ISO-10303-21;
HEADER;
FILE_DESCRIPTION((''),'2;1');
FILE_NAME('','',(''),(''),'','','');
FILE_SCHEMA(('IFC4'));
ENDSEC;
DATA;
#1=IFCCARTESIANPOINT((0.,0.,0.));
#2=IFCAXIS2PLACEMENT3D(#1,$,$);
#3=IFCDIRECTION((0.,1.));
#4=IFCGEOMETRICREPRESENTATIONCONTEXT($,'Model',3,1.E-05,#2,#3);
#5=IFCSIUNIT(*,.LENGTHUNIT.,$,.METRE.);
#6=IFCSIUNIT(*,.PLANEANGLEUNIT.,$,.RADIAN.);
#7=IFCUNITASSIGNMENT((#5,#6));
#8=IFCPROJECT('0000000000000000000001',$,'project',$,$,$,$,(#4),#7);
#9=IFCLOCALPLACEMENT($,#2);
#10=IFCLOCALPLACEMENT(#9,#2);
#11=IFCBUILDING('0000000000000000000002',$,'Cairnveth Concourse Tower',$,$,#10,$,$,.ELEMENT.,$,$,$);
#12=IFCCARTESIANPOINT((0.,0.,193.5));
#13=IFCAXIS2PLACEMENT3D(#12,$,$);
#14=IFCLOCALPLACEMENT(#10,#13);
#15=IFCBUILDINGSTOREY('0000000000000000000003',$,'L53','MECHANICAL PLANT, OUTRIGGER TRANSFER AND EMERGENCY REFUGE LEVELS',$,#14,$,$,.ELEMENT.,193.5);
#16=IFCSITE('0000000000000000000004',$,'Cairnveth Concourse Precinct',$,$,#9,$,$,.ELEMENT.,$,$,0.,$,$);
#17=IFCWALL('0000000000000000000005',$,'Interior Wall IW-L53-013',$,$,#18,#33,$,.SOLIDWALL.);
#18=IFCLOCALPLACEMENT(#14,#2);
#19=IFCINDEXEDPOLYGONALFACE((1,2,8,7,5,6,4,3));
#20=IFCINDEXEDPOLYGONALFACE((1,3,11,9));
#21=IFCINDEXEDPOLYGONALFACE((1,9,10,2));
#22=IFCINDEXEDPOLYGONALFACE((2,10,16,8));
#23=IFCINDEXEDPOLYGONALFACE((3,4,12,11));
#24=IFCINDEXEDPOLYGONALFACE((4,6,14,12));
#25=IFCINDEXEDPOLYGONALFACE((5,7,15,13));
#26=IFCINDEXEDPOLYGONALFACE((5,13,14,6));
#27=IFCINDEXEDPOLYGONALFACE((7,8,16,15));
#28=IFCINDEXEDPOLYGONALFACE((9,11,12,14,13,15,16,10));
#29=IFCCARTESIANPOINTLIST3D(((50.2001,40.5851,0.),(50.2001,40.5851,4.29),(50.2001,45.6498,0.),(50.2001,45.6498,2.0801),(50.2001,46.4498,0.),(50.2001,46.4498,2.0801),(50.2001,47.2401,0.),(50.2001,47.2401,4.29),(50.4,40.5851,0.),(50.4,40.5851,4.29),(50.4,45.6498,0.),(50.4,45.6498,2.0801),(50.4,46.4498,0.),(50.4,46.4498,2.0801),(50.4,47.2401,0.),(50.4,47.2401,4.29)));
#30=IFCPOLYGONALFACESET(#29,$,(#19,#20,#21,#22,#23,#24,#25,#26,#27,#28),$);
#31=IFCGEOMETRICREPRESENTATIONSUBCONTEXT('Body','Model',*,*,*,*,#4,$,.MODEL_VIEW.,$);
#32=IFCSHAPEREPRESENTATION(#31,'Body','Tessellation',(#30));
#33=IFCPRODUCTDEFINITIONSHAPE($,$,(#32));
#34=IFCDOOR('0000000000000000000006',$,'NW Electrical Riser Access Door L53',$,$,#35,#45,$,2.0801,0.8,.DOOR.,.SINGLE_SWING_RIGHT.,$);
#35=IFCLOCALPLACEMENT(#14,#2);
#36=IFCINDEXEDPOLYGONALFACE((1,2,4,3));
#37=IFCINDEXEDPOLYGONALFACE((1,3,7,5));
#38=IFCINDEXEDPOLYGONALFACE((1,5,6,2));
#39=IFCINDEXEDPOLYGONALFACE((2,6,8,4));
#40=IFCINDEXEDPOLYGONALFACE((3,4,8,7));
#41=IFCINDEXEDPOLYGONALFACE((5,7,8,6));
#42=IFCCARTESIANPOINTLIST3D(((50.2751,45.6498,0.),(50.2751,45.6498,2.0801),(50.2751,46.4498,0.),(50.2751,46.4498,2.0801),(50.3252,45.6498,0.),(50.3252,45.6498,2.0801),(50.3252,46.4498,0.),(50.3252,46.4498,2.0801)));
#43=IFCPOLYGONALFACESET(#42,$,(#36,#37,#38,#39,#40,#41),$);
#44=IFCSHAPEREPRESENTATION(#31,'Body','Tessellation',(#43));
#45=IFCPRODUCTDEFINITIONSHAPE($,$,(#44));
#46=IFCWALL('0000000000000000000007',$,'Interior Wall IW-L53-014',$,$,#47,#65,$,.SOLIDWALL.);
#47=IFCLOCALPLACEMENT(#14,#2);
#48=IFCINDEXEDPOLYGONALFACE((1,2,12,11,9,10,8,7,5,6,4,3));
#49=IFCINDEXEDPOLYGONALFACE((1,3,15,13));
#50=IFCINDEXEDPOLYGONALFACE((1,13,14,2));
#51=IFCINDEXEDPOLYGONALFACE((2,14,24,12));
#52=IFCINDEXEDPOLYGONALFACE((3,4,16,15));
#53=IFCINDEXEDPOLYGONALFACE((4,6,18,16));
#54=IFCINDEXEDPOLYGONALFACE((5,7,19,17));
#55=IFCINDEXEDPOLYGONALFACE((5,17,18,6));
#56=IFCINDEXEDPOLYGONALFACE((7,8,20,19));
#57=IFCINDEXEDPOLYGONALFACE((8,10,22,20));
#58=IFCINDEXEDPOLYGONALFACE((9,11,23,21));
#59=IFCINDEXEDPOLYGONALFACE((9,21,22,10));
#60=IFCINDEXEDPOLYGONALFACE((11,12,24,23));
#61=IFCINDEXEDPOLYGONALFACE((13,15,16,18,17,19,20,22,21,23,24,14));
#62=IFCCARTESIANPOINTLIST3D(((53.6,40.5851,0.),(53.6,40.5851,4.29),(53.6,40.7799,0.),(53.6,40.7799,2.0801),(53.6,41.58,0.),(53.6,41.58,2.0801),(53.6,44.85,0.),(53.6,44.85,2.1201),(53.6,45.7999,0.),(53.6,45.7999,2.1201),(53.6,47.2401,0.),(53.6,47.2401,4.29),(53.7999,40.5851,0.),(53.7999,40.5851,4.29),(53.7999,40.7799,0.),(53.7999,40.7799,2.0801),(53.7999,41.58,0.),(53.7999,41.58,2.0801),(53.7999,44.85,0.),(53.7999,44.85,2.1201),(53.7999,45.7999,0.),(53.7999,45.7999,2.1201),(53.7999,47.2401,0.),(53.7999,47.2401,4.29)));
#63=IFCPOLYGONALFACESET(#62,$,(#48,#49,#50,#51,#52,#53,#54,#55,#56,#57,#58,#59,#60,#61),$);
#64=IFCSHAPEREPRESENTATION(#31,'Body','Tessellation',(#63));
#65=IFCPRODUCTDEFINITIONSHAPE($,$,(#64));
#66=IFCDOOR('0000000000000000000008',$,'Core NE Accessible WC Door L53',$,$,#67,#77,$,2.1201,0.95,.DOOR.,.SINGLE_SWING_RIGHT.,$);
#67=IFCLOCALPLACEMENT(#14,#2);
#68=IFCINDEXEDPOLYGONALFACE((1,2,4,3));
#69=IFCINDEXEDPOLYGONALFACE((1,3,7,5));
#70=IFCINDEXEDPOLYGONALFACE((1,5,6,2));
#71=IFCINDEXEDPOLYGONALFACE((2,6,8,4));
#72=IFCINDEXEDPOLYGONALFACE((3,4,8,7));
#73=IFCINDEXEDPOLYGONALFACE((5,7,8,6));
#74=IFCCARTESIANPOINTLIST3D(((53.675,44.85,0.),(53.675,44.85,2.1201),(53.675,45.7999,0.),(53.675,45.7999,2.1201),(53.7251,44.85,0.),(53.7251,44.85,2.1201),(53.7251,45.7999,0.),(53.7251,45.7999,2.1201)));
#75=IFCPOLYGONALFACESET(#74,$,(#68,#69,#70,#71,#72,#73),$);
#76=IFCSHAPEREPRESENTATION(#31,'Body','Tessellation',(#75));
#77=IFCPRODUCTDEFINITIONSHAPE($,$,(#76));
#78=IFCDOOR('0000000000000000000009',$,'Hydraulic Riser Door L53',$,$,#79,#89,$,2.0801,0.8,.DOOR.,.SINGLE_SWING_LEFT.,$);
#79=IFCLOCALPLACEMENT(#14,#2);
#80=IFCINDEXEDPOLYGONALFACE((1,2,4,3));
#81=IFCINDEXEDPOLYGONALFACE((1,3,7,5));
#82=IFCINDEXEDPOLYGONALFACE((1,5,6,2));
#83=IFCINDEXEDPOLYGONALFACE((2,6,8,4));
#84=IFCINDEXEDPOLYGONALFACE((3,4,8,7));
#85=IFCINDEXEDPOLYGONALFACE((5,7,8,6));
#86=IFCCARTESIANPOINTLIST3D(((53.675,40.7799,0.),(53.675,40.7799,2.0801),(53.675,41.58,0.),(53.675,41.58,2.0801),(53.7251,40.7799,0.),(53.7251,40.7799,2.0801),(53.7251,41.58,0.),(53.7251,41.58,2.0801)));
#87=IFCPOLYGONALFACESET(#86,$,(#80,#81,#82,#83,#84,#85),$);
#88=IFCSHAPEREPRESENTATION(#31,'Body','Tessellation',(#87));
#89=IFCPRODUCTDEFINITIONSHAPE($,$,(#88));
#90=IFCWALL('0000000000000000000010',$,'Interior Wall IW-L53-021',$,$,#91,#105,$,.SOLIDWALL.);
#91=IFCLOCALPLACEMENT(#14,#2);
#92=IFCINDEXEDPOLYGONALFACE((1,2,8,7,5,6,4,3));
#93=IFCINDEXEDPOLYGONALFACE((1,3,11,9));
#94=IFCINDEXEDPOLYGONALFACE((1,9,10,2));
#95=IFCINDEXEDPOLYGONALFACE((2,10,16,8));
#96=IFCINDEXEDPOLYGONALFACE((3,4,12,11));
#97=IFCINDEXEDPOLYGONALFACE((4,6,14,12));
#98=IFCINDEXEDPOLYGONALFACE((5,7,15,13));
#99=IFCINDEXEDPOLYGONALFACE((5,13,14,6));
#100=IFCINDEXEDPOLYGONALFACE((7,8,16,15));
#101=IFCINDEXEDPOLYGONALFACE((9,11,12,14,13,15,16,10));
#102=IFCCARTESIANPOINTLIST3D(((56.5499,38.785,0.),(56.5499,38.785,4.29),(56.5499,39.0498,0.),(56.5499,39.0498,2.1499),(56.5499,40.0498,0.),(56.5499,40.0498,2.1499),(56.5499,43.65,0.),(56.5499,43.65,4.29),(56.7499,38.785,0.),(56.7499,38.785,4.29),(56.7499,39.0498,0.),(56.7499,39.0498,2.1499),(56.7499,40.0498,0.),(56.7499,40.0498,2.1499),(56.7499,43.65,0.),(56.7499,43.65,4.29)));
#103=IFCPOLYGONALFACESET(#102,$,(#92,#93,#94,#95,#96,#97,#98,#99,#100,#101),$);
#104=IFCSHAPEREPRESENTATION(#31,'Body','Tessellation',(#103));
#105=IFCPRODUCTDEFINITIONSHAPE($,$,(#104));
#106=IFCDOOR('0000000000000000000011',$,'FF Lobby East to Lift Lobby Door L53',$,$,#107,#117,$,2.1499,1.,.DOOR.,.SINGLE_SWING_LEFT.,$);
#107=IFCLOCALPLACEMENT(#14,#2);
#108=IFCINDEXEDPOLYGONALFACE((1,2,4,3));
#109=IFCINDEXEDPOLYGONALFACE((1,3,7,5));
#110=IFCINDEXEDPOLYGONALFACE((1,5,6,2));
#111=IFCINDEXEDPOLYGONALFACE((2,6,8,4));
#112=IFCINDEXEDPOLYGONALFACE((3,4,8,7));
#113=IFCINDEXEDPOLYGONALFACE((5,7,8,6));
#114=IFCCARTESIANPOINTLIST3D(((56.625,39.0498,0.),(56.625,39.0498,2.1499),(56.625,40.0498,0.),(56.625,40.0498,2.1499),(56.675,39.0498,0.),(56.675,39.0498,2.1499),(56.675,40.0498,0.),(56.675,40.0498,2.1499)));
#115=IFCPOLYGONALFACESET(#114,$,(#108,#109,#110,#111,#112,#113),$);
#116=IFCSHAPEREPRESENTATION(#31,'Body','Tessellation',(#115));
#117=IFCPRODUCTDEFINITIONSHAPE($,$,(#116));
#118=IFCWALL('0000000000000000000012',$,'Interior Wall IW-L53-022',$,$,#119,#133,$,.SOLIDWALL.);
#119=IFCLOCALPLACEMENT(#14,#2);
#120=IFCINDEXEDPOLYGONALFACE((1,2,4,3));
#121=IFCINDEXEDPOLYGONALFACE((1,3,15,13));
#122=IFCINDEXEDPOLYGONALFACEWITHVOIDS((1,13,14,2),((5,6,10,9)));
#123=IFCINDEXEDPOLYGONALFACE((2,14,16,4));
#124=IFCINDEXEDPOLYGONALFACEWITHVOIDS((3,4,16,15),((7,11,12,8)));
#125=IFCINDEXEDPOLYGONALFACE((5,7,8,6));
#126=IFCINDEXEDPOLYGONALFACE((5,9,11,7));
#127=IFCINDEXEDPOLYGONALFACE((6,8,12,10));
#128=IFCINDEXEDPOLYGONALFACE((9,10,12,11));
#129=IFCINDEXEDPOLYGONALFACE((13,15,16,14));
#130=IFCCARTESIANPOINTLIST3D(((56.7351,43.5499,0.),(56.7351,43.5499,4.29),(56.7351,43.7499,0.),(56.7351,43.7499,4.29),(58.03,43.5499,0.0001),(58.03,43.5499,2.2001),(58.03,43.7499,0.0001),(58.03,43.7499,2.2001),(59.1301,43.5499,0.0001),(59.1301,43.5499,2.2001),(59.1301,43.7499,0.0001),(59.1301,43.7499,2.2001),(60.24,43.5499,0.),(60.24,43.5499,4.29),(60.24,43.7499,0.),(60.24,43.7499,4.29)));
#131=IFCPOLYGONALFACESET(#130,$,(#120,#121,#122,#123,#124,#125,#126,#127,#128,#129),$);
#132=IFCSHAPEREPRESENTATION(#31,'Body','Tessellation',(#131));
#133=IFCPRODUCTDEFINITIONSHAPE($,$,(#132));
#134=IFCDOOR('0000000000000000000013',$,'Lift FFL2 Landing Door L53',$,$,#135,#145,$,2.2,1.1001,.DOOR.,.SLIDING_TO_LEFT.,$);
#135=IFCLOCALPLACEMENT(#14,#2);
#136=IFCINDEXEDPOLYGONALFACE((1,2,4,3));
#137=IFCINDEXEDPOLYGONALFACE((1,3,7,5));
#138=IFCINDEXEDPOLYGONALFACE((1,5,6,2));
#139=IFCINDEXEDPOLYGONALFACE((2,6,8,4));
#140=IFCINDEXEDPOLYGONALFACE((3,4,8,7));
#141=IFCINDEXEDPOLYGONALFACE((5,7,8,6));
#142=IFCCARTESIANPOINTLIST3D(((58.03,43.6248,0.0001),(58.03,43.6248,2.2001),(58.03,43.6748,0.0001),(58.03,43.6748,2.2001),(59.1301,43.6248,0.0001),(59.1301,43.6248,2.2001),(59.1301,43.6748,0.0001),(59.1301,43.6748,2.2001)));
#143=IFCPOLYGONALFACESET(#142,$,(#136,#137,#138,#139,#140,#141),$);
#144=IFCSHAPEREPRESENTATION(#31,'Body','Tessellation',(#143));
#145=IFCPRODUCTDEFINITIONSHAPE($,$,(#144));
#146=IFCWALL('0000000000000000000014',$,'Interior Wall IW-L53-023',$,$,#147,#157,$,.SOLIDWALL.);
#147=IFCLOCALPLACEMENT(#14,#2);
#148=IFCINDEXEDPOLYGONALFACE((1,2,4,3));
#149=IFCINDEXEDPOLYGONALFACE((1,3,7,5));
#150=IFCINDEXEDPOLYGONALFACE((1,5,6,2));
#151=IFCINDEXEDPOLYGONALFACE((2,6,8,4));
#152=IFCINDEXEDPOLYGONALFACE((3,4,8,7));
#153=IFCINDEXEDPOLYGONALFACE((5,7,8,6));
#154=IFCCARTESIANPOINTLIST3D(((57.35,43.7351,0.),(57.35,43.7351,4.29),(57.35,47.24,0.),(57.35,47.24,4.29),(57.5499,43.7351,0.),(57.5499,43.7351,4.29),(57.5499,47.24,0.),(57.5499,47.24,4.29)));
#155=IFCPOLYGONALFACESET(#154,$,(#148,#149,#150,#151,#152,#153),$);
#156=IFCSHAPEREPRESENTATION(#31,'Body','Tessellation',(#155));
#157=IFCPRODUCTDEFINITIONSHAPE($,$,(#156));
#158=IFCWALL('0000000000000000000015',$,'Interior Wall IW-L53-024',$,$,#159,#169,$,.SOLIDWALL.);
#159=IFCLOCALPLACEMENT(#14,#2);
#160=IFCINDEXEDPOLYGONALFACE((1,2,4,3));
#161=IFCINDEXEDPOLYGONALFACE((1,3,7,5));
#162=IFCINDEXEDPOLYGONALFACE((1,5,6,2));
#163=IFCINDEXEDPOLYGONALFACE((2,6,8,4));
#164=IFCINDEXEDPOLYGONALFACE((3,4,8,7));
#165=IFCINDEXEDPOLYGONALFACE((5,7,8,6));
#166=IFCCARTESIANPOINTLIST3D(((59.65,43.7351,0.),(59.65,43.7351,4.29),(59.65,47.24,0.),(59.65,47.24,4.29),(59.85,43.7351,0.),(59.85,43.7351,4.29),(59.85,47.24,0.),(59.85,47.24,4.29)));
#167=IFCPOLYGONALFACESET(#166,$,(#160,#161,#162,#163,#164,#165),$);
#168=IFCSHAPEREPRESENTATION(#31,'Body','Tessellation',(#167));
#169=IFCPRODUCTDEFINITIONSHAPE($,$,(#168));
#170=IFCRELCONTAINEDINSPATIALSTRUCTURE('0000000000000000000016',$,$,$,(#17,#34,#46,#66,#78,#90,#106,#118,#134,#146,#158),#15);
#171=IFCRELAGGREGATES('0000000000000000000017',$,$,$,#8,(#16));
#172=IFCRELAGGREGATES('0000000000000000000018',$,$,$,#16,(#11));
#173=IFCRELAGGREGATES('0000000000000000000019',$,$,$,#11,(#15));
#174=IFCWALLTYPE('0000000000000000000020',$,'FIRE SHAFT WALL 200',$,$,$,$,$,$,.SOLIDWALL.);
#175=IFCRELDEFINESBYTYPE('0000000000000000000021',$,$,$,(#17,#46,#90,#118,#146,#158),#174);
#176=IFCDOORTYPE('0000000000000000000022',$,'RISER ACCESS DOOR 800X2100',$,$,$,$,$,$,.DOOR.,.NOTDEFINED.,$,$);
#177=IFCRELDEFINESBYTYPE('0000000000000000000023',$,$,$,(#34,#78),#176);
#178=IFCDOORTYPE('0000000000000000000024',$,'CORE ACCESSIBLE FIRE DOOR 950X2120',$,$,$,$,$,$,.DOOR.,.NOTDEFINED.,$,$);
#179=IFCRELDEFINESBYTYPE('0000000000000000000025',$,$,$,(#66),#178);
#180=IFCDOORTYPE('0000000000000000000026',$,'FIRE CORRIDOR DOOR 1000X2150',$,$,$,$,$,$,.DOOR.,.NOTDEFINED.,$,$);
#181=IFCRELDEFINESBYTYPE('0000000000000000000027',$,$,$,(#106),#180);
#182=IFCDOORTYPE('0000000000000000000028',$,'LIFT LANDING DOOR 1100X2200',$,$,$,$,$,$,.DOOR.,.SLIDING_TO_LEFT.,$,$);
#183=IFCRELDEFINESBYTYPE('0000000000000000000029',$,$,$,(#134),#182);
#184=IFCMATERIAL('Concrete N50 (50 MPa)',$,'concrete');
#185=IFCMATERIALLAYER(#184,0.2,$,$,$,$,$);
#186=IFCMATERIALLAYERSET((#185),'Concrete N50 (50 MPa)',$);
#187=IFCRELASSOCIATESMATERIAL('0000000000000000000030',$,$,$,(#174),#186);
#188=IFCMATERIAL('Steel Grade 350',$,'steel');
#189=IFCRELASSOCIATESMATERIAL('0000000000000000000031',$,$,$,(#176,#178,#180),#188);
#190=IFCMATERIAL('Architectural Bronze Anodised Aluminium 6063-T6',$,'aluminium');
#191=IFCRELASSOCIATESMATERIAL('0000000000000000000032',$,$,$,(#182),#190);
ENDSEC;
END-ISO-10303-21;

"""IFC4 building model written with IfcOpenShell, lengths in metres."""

from ifc_helpers import new_model, si_unit, direction, frame, frame_2d, origin, place, context, subcontext, project, spatial, rectangle, extrude, material, layer, layer_set, type_object, element, fill, save


model = new_model("IFC4")

# Units and contexts
model_context = context("Model", 3, precision=1e-05, world=origin(), true_north=direction((0.0, 1.0)))
body_context = subcontext(model_context, "Body", "Model", "MODEL_VIEW")
ifc_project = project(units=[si_unit("LENGTHUNIT", "METRE"), si_unit("PLANEANGLEUNIT", "RADIAN")], contexts=[model_context])

# Site, building, storey
site_placement = place(None, origin())
site = spatial("IfcSite", under=ifc_project, at=site_placement, Name="Cairnveth Concourse Precinct", CompositionType="ELEMENT", RefElevation=0.0)
building_placement = place(site_placement, origin())
building = spatial("IfcBuilding", under=site, at=building_placement, Name="Cairnveth Concourse Tower", CompositionType="ELEMENT")
storey_placement = place(building_placement, frame((0.0, 0.0, 193.5)))
storey = spatial("IfcBuildingStorey", under=building, at=storey_placement, Name="L53", Description="MECHANICAL PLANT, OUTRIGGER TRANSFER AND EMERGENCY REFUGE LEVELS", CompositionType="ELEMENT", Elevation=193.5)

# Shared definitions
ifc_material_1 = material(Name="Steel Grade 350", Category="steel")

# Shared definitions
ifc_material_2 = material(Name="Concrete N50 (50 MPa)", Category="concrete")
ifc_layer_1 = layer(ifc_material_2, 0.2)
ifc_layer_set_1 = layer_set([ifc_layer_1], Name="Concrete N50 (50 MPa)")
wall_type_1 = type_object("IfcWallType", Name="FIRE SHAFT WALL 200", PredefinedType="SOLIDWALL", material=ifc_layer_set_1)

# Wall, opening, door
wall_1_placement = place(storey_placement, frame((50.3, 40.585, 0.0), z_axis=(0.0, 0.0, 1.0), x_axis=(0.0, 1.0, 0.0)))
wall_1 = element("IfcWall", 1, at=wall_1_placement, inside=storey, type_object=wall_type_1, Name="Interior Wall IW-L53-013", PredefinedType="SOLIDWALL", context=body_context, shape_type="SweptSolid", body=[
    extrude(rectangle(XDim=6.655, YDim=0.2, at=frame_2d((3.3276, 0.0))), origin(), (0.0, 0.0, 1.0), 4.29),
])
opening_1_placement = place(wall_1_placement, frame((5.0649, 0.0, 0.0)))
opening_1 = element("IfcOpeningElement", 2, at=opening_1_placement, cuts=wall_1, PredefinedType="OPENING", context=body_context, shape_type="SweptSolid", body=[
    extrude(rectangle(XDim=0.8, YDim=2.0801, at=frame_2d((0.3999, 1.04))), frame((0.0, 0.1099, 0.0), z_axis=(0.0, -1.0, 0.0), x_axis=(1.0, 0.0, 0.0)), (0.0, 0.0, 1.0), 0.22),
])
door_type_1 = type_object("IfcDoorType", Name="RISER ACCESS DOOR 800X2100", OperationType="NOTDEFINED", PredefinedType="DOOR", material=ifc_material_1)
door_1_placement = place(opening_1_placement, origin())
door_1 = element("IfcDoor", 3, at=door_1_placement, inside=storey, type_object=door_type_1, Name="NW Electrical Riser Access Door L53", OperationType="SINGLE_SWING_RIGHT", OverallHeight=2.0801, OverallWidth=0.8, PredefinedType="DOOR", context=body_context, shape_type="SweptSolid", body=[
    extrude(rectangle(XDim=0.8, YDim=2.0801, at=frame_2d((0.3999, 1.04))), frame((0.0, 0.0249, 0.0), z_axis=(0.0, -1.0, 0.0), x_axis=(1.0, 0.0, 0.0)), (0.0, 0.0, 1.0), 0.05),
])
fill(opening_1, door_1)

# Wall, openings, doors
wall_2_placement = place(storey_placement, frame((53.7, 40.585, 0.0), z_axis=(0.0, 0.0, 1.0), x_axis=(0.0, 1.0, 0.0)))
wall_2 = element("IfcWall", 4, at=wall_2_placement, inside=storey, type_object=wall_type_1, Name="Interior Wall IW-L53-014", PredefinedType="SOLIDWALL", context=body_context, shape_type="SweptSolid", body=[
    extrude(rectangle(XDim=6.655, YDim=0.2, at=frame_2d((3.3276, 0.0))), origin(), (0.0, 0.0, 1.0), 4.29),
])
opening_2_placement = place(wall_2_placement, frame((0.1951, 0.0, 0.0)))
opening_2 = element("IfcOpeningElement", 5, at=opening_2_placement, cuts=wall_2, PredefinedType="OPENING", context=body_context, shape_type="SweptSolid", body=[
    extrude(rectangle(XDim=0.8, YDim=2.0801, at=frame_2d((0.3999, 1.04))), frame((0.0, 0.1099, 0.0), z_axis=(0.0, -1.0, 0.0), x_axis=(1.0, 0.0, 0.0)), (0.0, 0.0, 1.0), 0.22),
])
opening_3_placement = place(wall_2_placement, frame((4.2649, 0.0, 0.0)))
opening_3 = element("IfcOpeningElement", 6, at=opening_3_placement, cuts=wall_2, PredefinedType="OPENING", context=body_context, shape_type="SweptSolid", body=[
    extrude(rectangle(XDim=0.95, YDim=2.1201, at=frame_2d((0.4751, 1.0601))), frame((0.0, 0.1099, 0.0), z_axis=(0.0, -1.0, 0.0), x_axis=(1.0, 0.0, 0.0)), (0.0, 0.0, 1.0), 0.22),
])
door_type_2 = type_object("IfcDoorType", Name="CORE ACCESSIBLE FIRE DOOR 950X2120", OperationType="NOTDEFINED", PredefinedType="DOOR", material=ifc_material_1)
door_2_placement = place(opening_3_placement, origin())
door_2 = element("IfcDoor", 7, at=door_2_placement, inside=storey, type_object=door_type_2, Name="Core NE Accessible WC Door L53", OperationType="SINGLE_SWING_RIGHT", OverallHeight=2.1201, OverallWidth=0.95, PredefinedType="DOOR", context=body_context, shape_type="SweptSolid", body=[
    extrude(rectangle(XDim=0.95, YDim=2.1201, at=frame_2d((0.4751, 1.0601))), frame((0.0, 0.0249, 0.0), z_axis=(0.0, -1.0, 0.0), x_axis=(1.0, 0.0, 0.0)), (0.0, 0.0, 1.0), 0.05),
])
fill(opening_3, door_2)
door_3_placement = place(opening_2_placement, origin())
door_3 = element("IfcDoor", 8, at=door_3_placement, inside=storey, type_object=door_type_1, Name="Hydraulic Riser Door L53", OperationType="SINGLE_SWING_LEFT", OverallHeight=2.0801, OverallWidth=0.8, PredefinedType="DOOR", context=body_context, shape_type="SweptSolid", body=[
    extrude(rectangle(XDim=0.8, YDim=2.0801, at=frame_2d((0.3999, 1.04))), frame((0.0, 0.0249, 0.0), z_axis=(0.0, -1.0, 0.0), x_axis=(1.0, 0.0, 0.0)), (0.0, 0.0, 1.0), 0.05),
])
fill(opening_2, door_3)

# Walls, openings, doors
wall_3_placement = place(storey_placement, frame((56.6499, 38.7849, 0.0), z_axis=(0.0, 0.0, 1.0), x_axis=(0.0, 1.0, 0.0)))
wall_3 = element("IfcWall", 9, at=wall_3_placement, inside=storey, type_object=wall_type_1, Name="Interior Wall IW-L53-021", PredefinedType="SOLIDWALL", context=body_context, shape_type="SweptSolid", body=[
    extrude(rectangle(XDim=4.865, YDim=0.2, at=frame_2d((2.4326, 0.0))), origin(), (0.0, 0.0, 1.0), 4.29),
])
opening_4_placement = place(wall_3_placement, frame((0.2649, 0.0, 0.0)))
opening_4 = element("IfcOpeningElement", 10, at=opening_4_placement, cuts=wall_3, PredefinedType="OPENING", context=body_context, shape_type="SweptSolid", body=[
    extrude(rectangle(XDim=1.0, YDim=2.1499, at=frame_2d((0.5, 1.075))), frame((0.0, 0.1099, 0.0), z_axis=(0.0, -1.0, 0.0), x_axis=(1.0, 0.0, 0.0)), (0.0, 0.0, 1.0), 0.22),
])
door_type_3 = type_object("IfcDoorType", Name="FIRE CORRIDOR DOOR 1000X2150", OperationType="NOTDEFINED", PredefinedType="DOOR", material=ifc_material_1)
door_4_placement = place(opening_4_placement, origin())
door_4 = element("IfcDoor", 11, at=door_4_placement, inside=storey, type_object=door_type_3, Name="FF Lobby East to Lift Lobby Door L53", OperationType="SINGLE_SWING_LEFT", OverallHeight=2.1499, OverallWidth=1.0, PredefinedType="DOOR", context=body_context, shape_type="SweptSolid", body=[
    extrude(rectangle(XDim=1.0, YDim=2.1499, at=frame_2d((0.5, 1.075))), frame((0.0, 0.0249, 0.0), z_axis=(0.0, -1.0, 0.0), x_axis=(1.0, 0.0, 0.0)), (0.0, 0.0, 1.0), 0.05),
])
fill(opening_4, door_4)
wall_4_placement = place(storey_placement, frame((56.7351, 43.6499, 0.0), z_axis=(0.0, 0.0, 1.0), x_axis=(1.0, 0.0, 0.0)))
wall_4 = element("IfcWall", 12, at=wall_4_placement, inside=storey, type_object=wall_type_1, Name="Interior Wall IW-L53-022", PredefinedType="SOLIDWALL", context=body_context, shape_type="SweptSolid", body=[
    extrude(rectangle(XDim=3.5049, YDim=0.2, at=frame_2d((1.7524, 0.0))), origin(), (0.0, 0.0, 1.0), 4.29),
])
opening_5_placement = place(wall_4_placement, frame((1.2949, 0.0, 0.0)))
opening_5 = element("IfcOpeningElement", 13, at=opening_5_placement, cuts=wall_4, PredefinedType="OPENING", context=body_context, shape_type="SweptSolid", body=[
    extrude(rectangle(XDim=1.1001, YDim=2.2, at=frame_2d((0.55, 1.1001))), frame((0.0, 0.1099, 0.0), z_axis=(0.0, -1.0, 0.0), x_axis=(1.0, 0.0, 0.0)), (0.0, 0.0, 1.0), 0.22),
])
ifc_material_3 = material(Name="Architectural Bronze Anodised Aluminium 6063-T6", Category="aluminium")
door_type_4 = type_object("IfcDoorType", Name="LIFT LANDING DOOR 1100X2200", OperationType="SLIDING_TO_LEFT", PredefinedType="DOOR", material=ifc_material_3)
door_5_placement = place(opening_5_placement, origin())
door_5 = element("IfcDoor", 14, at=door_5_placement, inside=storey, type_object=door_type_4, Name="Lift FFL2 Landing Door L53", OperationType="SLIDING_TO_LEFT", OverallHeight=2.2, OverallWidth=1.1001, PredefinedType="DOOR", context=body_context, shape_type="SweptSolid", body=[
    extrude(rectangle(XDim=1.1001, YDim=2.2, at=frame_2d((0.55, 1.1001))), frame((0.0, 0.0249, 0.0), z_axis=(0.0, -1.0, 0.0), x_axis=(1.0, 0.0, 0.0)), (0.0, 0.0, 1.0), 0.05),
])
fill(opening_5, door_5)

# Walls
for number, where, z_axis, x_axis, name in (
    (15, (57.45, 43.7351, 0.0), (0.0, 0.0, 1.0), (0.0, 1.0, 0.0), "Interior Wall IW-L53-023"),
    (16, (59.75, 43.7351, 0.0), (0.0, 0.0, 1.0), (0.0, 1.0, 0.0), "Interior Wall IW-L53-024"),
):
    element("IfcWall", number, at=place(storey_placement, frame(where, z_axis=z_axis, x_axis=x_axis)), inside=storey, type_object=wall_type_1, Name=name, PredefinedType="SOLIDWALL", context=body_context, shape_type="SweptSolid", body=[
        extrude(rectangle(XDim=3.5049, YDim=0.2, at=frame_2d((1.7524, 0.0))), origin(), (0.0, 0.0, 1.0), 4.29),
    ])

save(model, "model.ifc")
